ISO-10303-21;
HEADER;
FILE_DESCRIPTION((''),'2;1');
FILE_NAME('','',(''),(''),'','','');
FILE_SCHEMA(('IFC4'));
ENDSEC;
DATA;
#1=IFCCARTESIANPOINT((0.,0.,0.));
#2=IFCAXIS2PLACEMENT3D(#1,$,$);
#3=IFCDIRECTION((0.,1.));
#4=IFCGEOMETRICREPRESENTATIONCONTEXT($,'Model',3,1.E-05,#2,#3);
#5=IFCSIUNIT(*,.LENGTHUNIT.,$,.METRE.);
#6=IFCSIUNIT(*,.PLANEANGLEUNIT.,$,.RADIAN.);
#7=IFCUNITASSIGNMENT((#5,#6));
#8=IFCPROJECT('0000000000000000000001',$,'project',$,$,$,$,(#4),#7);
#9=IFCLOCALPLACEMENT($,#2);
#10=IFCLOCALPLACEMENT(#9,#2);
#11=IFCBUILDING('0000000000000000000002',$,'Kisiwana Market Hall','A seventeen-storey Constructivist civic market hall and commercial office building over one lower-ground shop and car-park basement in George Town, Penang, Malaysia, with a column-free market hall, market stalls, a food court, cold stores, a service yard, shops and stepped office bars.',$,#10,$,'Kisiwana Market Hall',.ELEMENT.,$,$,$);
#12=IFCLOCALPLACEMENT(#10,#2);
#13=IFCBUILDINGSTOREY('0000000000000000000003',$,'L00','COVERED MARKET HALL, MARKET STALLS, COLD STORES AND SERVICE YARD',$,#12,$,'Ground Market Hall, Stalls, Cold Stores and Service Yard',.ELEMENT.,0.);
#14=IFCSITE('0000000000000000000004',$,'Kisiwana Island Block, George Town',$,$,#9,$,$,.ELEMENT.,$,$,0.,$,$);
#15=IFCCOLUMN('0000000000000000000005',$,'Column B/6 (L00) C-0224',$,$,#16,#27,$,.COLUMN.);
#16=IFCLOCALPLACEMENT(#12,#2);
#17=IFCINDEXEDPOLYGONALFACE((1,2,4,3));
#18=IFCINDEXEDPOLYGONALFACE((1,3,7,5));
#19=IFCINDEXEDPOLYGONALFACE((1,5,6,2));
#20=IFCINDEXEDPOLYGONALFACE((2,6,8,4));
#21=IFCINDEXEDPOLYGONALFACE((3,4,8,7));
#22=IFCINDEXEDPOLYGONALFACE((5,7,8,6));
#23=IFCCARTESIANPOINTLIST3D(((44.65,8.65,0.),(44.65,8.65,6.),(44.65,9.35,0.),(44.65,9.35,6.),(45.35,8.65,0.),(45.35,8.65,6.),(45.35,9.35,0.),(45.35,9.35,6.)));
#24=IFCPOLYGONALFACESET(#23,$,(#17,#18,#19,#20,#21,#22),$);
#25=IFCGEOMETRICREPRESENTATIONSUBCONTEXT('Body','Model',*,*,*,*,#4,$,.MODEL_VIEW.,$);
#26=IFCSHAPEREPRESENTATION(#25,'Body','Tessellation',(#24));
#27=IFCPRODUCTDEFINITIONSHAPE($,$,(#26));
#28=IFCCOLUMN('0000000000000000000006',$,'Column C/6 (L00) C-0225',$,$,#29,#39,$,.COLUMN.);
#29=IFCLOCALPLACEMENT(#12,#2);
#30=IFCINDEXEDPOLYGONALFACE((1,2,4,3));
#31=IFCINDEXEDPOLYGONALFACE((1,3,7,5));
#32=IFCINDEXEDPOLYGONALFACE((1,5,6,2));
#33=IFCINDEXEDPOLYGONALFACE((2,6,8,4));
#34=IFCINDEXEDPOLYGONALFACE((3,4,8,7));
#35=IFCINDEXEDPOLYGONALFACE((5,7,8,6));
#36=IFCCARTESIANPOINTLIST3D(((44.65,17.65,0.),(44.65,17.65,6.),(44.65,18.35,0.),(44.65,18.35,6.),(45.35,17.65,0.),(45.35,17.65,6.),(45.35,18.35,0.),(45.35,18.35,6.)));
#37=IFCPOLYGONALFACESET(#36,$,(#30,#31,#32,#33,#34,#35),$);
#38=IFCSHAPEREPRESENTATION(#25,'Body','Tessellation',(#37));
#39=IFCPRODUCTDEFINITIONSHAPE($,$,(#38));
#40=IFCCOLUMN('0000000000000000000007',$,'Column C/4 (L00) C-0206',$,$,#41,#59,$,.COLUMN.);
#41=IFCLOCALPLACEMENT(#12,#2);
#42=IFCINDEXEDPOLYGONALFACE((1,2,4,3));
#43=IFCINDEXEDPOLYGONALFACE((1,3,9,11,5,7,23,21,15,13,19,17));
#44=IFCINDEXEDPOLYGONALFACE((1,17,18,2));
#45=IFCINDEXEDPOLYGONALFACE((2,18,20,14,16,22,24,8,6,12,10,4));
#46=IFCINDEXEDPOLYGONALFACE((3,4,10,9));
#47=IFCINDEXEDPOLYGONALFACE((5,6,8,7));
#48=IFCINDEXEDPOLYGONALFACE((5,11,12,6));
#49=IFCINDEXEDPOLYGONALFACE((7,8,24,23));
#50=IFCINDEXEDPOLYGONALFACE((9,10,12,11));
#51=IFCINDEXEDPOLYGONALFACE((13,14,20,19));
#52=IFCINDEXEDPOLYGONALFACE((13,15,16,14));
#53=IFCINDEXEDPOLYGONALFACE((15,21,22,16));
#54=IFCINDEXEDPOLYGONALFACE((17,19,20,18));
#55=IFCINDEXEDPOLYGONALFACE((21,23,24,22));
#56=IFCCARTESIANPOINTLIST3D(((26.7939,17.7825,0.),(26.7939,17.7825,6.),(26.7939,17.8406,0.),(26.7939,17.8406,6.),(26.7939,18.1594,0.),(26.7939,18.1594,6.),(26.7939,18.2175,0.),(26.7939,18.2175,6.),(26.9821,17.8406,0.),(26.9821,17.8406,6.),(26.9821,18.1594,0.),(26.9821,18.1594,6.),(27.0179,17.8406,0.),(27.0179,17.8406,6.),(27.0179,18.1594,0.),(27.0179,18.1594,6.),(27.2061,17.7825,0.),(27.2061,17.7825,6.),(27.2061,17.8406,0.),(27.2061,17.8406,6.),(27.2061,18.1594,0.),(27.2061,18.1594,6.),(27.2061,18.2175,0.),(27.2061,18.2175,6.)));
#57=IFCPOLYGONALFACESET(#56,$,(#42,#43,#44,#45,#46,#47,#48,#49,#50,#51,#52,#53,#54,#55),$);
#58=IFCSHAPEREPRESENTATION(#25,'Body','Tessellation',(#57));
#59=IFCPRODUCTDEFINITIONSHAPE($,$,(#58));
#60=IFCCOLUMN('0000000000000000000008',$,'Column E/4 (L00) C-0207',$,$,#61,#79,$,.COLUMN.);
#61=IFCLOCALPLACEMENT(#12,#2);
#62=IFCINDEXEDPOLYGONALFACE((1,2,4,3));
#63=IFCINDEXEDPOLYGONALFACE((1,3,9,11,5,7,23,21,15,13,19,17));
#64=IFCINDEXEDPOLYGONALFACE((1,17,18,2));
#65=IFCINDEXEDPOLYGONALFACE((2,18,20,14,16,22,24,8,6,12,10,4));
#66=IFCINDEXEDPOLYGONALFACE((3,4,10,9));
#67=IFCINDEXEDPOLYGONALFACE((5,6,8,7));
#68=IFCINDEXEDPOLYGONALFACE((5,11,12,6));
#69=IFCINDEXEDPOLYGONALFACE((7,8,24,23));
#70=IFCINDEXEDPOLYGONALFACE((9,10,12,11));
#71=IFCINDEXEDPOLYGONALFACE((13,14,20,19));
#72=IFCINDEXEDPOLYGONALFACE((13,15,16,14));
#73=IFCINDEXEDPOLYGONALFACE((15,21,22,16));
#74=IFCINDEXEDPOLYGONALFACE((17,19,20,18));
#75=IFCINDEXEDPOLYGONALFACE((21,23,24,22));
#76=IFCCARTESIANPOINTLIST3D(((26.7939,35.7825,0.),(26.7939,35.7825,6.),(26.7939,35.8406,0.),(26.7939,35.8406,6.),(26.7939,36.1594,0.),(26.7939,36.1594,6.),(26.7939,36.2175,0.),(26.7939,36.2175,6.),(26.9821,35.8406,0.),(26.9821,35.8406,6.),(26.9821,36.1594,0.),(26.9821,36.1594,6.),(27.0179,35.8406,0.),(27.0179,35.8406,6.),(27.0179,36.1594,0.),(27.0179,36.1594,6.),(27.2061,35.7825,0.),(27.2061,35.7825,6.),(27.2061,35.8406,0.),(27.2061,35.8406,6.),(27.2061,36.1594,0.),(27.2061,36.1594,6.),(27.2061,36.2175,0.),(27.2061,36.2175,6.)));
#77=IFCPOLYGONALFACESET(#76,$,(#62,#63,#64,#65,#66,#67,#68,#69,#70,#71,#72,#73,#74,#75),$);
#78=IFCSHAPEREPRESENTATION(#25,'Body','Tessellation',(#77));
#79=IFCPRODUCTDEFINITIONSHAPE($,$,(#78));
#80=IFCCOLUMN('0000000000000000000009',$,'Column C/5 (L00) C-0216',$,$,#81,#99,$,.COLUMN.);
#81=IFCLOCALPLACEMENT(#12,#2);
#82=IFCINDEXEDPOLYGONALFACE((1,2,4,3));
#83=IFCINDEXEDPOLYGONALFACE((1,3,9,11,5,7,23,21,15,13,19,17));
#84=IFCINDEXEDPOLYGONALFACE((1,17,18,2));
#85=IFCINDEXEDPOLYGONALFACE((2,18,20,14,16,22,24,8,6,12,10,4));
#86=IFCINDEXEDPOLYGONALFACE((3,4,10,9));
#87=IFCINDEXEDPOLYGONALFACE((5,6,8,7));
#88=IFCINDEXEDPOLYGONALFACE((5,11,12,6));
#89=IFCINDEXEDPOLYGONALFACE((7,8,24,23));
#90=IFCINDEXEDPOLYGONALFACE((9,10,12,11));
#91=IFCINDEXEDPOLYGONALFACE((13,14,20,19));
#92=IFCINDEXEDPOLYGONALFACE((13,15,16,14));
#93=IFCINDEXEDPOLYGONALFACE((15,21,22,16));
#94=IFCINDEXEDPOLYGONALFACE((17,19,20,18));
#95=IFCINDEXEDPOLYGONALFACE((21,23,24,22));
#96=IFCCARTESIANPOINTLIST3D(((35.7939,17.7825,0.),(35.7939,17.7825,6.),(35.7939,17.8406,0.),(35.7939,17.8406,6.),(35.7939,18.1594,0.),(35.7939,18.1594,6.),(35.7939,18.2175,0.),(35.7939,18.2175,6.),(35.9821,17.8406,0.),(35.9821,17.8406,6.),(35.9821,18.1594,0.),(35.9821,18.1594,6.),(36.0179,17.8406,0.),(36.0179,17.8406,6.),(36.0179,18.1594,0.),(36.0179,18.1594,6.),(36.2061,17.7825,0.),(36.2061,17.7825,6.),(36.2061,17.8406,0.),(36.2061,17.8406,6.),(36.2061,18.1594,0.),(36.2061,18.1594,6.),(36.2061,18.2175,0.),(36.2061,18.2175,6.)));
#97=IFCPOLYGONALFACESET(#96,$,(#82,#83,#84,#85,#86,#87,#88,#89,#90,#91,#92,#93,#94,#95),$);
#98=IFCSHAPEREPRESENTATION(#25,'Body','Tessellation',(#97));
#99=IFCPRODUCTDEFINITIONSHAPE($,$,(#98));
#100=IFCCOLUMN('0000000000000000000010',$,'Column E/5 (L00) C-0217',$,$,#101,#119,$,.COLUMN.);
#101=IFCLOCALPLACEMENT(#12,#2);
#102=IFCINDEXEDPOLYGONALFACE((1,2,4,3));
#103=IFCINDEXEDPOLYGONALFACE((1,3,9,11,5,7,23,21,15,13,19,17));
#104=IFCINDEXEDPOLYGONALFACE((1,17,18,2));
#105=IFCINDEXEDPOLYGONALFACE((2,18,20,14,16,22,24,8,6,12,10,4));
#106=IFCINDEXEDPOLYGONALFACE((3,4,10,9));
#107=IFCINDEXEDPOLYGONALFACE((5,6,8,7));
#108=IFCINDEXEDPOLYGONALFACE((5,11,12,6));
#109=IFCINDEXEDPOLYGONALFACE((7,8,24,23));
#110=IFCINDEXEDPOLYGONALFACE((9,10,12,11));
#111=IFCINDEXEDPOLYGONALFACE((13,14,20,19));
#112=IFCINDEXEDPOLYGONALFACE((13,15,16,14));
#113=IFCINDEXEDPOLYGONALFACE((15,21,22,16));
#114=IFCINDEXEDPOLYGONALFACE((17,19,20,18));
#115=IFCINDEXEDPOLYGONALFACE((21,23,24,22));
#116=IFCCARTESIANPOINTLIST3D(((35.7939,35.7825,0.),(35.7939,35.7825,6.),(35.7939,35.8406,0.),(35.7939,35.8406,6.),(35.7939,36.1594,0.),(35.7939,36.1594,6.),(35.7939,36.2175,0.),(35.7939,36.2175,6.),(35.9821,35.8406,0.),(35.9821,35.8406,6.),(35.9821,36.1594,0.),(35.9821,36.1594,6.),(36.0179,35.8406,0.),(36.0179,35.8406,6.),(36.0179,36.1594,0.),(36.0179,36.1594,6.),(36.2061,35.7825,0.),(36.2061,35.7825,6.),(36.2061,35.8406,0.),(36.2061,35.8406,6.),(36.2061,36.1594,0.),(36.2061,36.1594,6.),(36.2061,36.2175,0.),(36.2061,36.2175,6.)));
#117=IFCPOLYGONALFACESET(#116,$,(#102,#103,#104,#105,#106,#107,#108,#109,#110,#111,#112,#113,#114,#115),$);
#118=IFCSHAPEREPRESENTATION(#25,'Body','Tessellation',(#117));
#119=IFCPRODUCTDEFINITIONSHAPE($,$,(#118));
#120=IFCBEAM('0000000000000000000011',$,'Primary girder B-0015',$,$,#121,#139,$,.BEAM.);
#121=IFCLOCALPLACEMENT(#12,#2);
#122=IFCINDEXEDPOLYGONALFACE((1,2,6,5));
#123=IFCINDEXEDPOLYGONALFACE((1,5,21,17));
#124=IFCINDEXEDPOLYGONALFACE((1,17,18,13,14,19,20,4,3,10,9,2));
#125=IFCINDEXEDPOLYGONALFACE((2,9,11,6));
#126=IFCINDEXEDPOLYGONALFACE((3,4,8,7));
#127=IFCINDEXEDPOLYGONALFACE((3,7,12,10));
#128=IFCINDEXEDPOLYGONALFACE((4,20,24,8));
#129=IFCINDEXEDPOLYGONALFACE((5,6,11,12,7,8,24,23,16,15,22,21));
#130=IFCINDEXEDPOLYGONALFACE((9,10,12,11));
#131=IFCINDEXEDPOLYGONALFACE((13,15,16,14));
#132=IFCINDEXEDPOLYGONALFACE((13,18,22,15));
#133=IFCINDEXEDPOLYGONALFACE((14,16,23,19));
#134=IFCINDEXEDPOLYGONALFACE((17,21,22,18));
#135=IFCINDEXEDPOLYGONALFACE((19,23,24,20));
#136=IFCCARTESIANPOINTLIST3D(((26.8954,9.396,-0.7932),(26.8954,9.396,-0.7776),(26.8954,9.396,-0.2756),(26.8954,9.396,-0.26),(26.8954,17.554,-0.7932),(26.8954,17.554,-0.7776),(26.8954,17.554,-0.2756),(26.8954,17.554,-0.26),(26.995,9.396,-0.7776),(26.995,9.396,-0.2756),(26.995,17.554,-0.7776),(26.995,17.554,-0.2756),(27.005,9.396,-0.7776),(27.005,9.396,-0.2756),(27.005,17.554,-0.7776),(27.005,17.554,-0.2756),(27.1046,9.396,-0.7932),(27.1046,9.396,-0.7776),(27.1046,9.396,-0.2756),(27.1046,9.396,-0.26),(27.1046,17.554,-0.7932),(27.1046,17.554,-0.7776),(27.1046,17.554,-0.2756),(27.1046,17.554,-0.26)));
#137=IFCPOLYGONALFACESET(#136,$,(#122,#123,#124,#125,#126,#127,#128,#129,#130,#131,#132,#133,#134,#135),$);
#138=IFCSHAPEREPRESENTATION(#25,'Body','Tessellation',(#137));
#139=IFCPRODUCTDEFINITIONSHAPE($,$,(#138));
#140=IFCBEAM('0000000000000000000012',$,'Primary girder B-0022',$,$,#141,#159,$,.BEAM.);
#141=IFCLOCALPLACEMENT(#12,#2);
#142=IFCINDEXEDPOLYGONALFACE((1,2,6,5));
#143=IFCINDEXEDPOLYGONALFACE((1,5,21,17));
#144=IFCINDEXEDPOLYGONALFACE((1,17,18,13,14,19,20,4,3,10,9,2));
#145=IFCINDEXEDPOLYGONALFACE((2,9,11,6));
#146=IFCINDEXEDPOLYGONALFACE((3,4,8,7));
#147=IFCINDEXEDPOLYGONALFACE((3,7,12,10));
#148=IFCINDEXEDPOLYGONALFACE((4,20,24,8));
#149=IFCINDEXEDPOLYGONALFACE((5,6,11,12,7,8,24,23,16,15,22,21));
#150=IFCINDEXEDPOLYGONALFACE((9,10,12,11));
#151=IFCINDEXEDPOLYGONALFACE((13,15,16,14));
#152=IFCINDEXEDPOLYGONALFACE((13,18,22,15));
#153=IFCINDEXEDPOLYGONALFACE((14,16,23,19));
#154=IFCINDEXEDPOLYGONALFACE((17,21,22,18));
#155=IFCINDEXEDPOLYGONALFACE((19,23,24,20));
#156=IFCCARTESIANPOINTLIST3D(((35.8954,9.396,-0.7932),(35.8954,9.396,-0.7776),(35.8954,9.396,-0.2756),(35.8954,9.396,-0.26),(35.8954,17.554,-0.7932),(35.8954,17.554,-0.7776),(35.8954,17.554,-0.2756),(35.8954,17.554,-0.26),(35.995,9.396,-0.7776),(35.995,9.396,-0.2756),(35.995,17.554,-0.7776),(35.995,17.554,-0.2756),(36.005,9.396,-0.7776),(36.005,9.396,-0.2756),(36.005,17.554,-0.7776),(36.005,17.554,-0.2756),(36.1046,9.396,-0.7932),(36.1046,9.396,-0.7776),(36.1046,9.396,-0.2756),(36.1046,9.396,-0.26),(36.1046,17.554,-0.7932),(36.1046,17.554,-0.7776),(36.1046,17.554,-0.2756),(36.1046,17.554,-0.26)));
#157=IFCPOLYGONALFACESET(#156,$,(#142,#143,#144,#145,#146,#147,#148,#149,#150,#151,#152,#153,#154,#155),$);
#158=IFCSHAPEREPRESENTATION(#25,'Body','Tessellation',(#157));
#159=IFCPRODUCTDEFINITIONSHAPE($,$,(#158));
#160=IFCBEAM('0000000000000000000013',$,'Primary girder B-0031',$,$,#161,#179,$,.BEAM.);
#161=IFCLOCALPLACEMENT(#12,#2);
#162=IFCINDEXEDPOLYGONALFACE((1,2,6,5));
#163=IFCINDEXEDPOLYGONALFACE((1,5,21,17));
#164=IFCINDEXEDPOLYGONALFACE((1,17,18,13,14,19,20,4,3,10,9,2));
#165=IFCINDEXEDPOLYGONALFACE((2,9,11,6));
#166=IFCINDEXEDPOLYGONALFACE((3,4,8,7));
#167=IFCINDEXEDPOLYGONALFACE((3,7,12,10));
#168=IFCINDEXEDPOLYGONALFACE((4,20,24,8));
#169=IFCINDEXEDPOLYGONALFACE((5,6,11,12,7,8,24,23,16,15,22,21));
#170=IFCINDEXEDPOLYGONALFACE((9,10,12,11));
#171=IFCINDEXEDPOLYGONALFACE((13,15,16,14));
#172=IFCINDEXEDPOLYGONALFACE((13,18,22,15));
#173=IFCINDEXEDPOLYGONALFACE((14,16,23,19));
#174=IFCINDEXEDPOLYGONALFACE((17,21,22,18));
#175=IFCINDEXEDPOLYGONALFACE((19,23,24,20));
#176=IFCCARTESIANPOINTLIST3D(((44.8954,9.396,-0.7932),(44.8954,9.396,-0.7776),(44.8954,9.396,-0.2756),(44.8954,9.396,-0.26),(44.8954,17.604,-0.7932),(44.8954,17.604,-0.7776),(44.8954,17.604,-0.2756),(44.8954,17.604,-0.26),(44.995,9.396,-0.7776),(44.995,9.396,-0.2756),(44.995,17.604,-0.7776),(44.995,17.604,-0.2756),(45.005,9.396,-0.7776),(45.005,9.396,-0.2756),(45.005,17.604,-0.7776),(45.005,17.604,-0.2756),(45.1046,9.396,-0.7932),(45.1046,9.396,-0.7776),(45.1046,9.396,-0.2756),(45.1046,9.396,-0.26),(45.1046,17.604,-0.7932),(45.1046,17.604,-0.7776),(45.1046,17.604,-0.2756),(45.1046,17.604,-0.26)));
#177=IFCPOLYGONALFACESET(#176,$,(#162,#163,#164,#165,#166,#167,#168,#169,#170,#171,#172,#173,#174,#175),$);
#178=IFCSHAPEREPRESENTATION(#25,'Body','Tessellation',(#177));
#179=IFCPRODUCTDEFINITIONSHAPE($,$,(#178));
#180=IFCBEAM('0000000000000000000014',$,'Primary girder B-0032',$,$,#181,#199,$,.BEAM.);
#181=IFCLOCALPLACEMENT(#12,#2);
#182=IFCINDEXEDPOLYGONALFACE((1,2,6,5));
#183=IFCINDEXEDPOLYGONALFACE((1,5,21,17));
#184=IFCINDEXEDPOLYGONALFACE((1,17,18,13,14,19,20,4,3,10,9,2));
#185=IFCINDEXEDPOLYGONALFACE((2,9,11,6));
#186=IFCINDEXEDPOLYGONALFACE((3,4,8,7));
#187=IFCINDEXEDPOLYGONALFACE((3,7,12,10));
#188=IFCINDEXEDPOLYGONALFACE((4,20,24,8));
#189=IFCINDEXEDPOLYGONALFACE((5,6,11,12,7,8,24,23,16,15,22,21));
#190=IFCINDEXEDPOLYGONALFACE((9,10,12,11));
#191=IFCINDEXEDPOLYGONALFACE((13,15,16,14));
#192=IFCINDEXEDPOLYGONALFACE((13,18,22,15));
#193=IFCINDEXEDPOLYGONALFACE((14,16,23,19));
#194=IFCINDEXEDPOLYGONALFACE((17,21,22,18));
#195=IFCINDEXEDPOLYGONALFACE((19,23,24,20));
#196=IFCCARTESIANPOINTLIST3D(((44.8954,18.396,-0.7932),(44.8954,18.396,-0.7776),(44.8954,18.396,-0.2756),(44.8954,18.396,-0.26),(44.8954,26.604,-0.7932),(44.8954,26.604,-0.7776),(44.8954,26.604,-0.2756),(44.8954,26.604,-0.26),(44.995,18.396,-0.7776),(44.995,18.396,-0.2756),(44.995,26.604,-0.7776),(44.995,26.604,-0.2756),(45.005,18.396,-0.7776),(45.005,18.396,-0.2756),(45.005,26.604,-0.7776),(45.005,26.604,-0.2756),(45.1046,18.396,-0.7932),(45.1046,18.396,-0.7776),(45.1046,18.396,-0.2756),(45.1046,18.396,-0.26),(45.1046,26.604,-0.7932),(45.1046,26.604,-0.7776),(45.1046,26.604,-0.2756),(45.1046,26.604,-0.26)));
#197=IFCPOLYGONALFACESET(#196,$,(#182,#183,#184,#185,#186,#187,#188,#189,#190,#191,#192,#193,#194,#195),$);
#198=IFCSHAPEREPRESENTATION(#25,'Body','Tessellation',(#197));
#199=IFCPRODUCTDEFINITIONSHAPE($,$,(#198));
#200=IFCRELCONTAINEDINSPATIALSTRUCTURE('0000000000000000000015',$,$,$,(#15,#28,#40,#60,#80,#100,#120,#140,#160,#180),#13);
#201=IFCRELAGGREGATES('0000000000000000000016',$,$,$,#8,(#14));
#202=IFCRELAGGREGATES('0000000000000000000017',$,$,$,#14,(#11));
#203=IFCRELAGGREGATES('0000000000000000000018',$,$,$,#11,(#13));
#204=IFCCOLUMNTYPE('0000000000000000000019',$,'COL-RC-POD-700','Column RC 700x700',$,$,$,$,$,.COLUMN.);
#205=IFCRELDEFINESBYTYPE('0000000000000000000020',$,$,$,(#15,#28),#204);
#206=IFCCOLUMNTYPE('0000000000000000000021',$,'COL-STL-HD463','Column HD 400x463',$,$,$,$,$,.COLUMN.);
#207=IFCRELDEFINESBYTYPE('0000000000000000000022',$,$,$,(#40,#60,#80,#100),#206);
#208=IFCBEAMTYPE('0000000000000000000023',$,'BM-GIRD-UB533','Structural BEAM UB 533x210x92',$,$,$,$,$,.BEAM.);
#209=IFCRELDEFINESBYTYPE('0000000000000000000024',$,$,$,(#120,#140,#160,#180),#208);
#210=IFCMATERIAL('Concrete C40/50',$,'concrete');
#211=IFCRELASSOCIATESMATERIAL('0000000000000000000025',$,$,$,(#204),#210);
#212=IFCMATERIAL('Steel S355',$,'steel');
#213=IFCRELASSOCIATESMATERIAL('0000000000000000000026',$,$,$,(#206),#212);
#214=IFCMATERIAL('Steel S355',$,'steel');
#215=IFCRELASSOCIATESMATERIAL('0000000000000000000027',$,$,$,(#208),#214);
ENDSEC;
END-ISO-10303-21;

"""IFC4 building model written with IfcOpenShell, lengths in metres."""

from ifc_helpers import new_model, si_unit, direction, frame, origin, origin_2d, place, context, subcontext, project, spatial, rectangle, i_section, extrude, material, material_profile, profile_set, type_object, element, save


model = new_model("IFC4")

# Units and contexts
model_context = context("Model", 3, precision=1e-05, world=origin(), true_north=direction((0.0, 1.0)))
body_context = subcontext(model_context, "Body", "Model", "MODEL_VIEW")
ifc_project = project(units=[si_unit("LENGTHUNIT", "METRE"), si_unit("PLANEANGLEUNIT", "RADIAN")], contexts=[model_context])

# Site, building, storey
site_placement = place(None, origin())
site = spatial("IfcSite", under=ifc_project, at=site_placement, Name="Kisiwana Island Block, George Town", CompositionType="ELEMENT", RefElevation=0.0)
building_placement = place(site_placement, origin())
building = spatial("IfcBuilding", under=site, at=building_placement, Name="Kisiwana Market Hall", Description="A seventeen-storey Constructivist civic market hall and commercial office building over one lower-ground shop and car-park basement in George Town, Penang, Malaysia, with a column-free market hall, market stalls, a food court, cold stores, a service yard, shops and stepped office bars.", LongName="Kisiwana Market Hall", CompositionType="ELEMENT")
storey_placement = place(building_placement, origin())
storey = spatial("IfcBuildingStorey", under=building, at=storey_placement, Name="L00", Description="COVERED MARKET HALL, MARKET STALLS, COLD STORES AND SERVICE YARD", LongName="Ground Market Hall, Stalls, Cold Stores and Service Yard", CompositionType="ELEMENT", Elevation=0.0)

# Columns
ifc_material_1 = material(Name="Concrete C40/50", Category="concrete")
ifc_material_profile_1 = material_profile(ifc_material_1, rectangle(XDim=0.7, YDim=0.7, at=origin_2d()), Name="RC 700x700")
ifc_profile_set_1 = profile_set([ifc_material_profile_1], Name="Concrete C40/50")
column_type_1 = type_object("IfcColumnType", Name="COL-RC-POD-700", Description="Column RC 700x700", PredefinedType="COLUMN", material=ifc_profile_set_1)
for number, where, z_axis, x_axis, name in (
    (1, (45.0, 9.0, 0.0), (0.0, 0.0, 1.0), (1.0, 0.0, 0.0), "Column B/6 (L00) C-0224"),
    (2, (45.0, 18.0, 0.0), (0.0, 0.0, 1.0), (1.0, 0.0, 0.0), "Column C/6 (L00) C-0225"),
):
    element("IfcColumn", number, at=place(storey_placement, frame(where, z_axis=z_axis, x_axis=x_axis)), inside=storey, type_object=column_type_1, Name=name, PredefinedType="COLUMN", context=body_context, shape_type="SweptSolid", body=[
        extrude(rectangle(XDim=0.7, YDim=0.7, at=origin_2d()), origin(), (0.0, 0.0, 1.0), 6.0),
    ])
ifc_material_2 = material(Name="Steel S355", Category="steel")
ifc_material_profile_2 = material_profile(ifc_material_2, i_section(OverallWidth=0.4121, OverallDepth=0.4351, WebThickness=0.0359, FlangeThickness=0.0581, at=origin_2d()), Name="HD 400x463")
ifc_profile_set_2 = profile_set([ifc_material_profile_2], Name="Steel S355")
column_type_2 = type_object("IfcColumnType", Name="COL-STL-HD463", Description="Column HD 400x463", PredefinedType="COLUMN", material=ifc_profile_set_2)
for number, where, z_axis, x_axis, name in (
    (3, (27.0, 18.0, 0.0), (0.0, 0.0, 1.0), (1.0, 0.0, 0.0), "Column C/4 (L00) C-0206"),
    (4, (27.0, 36.0, 0.0), (0.0, 0.0, 1.0), (1.0, 0.0, 0.0), "Column E/4 (L00) C-0207"),
    (5, (36.0, 18.0, 0.0), (0.0, 0.0, 1.0), (1.0, 0.0, 0.0), "Column C/5 (L00) C-0216"),
    (6, (36.0, 36.0, 0.0), (0.0, 0.0, 1.0), (1.0, 0.0, 0.0), "Column E/5 (L00) C-0217"),
):
    element("IfcColumn", number, at=place(storey_placement, frame(where, z_axis=z_axis, x_axis=x_axis)), inside=storey, type_object=column_type_2, Name=name, PredefinedType="COLUMN", context=body_context, shape_type="SweptSolid", body=[
        extrude(i_section(OverallWidth=0.4121, OverallDepth=0.4351, WebThickness=0.0359, FlangeThickness=0.0581, at=origin_2d()), origin(), (0.0, 0.0, 1.0), 6.0),
    ])

# Beams
ifc_material_3 = material(Name="Steel S355", Category="steel")
ifc_material_profile_3 = material_profile(ifc_material_3, i_section(OverallWidth=0.2092, OverallDepth=0.5332, WebThickness=0.01, FlangeThickness=0.0156, at=origin_2d()), Name="UB 533x210x92")
ifc_profile_set_3 = profile_set([ifc_material_profile_3], Name="Steel S355")
beam_type_1 = type_object("IfcBeamType", Name="BM-GIRD-UB533", Description="Structural BEAM UB 533x210x92", PredefinedType="BEAM", material=ifc_profile_set_3)
for number, where, z_axis, x_axis, name in (
    (7, (27.0, 9.396, -0.5266), (0.0, 1.0, 0.0), (-1.0, 0.0, 0.0), "Primary girder B-0015"),
    (8, (36.0, 9.396, -0.5266), (0.0, 1.0, 0.0), (-1.0, 0.0, 0.0), "Primary girder B-0022"),
):
    element("IfcBeam", number, at=place(storey_placement, frame(where, z_axis=z_axis, x_axis=x_axis)), inside=storey, type_object=beam_type_1, Name=name, PredefinedType="BEAM", context=body_context, shape_type="SweptSolid", body=[
        extrude(i_section(OverallWidth=0.2092, OverallDepth=0.5332, WebThickness=0.01, FlangeThickness=0.0156, at=origin_2d()), origin(), (0.0, 0.0, 1.0), 8.158),
    ])
for number, where, z_axis, x_axis, name in (
    (9, (45.0, 9.396, -0.5266), (0.0, 1.0, 0.0), (-1.0, 0.0, 0.0), "Primary girder B-0031"),
    (10, (45.0, 18.396, -0.5266), (0.0, 1.0, 0.0), (-1.0, 0.0, 0.0), "Primary girder B-0032"),
):
    element("IfcBeam", number, at=place(storey_placement, frame(where, z_axis=z_axis, x_axis=x_axis)), inside=storey, type_object=beam_type_1, Name=name, PredefinedType="BEAM", context=body_context, shape_type="SweptSolid", body=[
        extrude(i_section(OverallWidth=0.2092, OverallDepth=0.5332, WebThickness=0.01, FlangeThickness=0.0156, at=origin_2d()), origin(), (0.0, 0.0, 1.0), 8.208),
    ])

save(model, "model.ifc")
